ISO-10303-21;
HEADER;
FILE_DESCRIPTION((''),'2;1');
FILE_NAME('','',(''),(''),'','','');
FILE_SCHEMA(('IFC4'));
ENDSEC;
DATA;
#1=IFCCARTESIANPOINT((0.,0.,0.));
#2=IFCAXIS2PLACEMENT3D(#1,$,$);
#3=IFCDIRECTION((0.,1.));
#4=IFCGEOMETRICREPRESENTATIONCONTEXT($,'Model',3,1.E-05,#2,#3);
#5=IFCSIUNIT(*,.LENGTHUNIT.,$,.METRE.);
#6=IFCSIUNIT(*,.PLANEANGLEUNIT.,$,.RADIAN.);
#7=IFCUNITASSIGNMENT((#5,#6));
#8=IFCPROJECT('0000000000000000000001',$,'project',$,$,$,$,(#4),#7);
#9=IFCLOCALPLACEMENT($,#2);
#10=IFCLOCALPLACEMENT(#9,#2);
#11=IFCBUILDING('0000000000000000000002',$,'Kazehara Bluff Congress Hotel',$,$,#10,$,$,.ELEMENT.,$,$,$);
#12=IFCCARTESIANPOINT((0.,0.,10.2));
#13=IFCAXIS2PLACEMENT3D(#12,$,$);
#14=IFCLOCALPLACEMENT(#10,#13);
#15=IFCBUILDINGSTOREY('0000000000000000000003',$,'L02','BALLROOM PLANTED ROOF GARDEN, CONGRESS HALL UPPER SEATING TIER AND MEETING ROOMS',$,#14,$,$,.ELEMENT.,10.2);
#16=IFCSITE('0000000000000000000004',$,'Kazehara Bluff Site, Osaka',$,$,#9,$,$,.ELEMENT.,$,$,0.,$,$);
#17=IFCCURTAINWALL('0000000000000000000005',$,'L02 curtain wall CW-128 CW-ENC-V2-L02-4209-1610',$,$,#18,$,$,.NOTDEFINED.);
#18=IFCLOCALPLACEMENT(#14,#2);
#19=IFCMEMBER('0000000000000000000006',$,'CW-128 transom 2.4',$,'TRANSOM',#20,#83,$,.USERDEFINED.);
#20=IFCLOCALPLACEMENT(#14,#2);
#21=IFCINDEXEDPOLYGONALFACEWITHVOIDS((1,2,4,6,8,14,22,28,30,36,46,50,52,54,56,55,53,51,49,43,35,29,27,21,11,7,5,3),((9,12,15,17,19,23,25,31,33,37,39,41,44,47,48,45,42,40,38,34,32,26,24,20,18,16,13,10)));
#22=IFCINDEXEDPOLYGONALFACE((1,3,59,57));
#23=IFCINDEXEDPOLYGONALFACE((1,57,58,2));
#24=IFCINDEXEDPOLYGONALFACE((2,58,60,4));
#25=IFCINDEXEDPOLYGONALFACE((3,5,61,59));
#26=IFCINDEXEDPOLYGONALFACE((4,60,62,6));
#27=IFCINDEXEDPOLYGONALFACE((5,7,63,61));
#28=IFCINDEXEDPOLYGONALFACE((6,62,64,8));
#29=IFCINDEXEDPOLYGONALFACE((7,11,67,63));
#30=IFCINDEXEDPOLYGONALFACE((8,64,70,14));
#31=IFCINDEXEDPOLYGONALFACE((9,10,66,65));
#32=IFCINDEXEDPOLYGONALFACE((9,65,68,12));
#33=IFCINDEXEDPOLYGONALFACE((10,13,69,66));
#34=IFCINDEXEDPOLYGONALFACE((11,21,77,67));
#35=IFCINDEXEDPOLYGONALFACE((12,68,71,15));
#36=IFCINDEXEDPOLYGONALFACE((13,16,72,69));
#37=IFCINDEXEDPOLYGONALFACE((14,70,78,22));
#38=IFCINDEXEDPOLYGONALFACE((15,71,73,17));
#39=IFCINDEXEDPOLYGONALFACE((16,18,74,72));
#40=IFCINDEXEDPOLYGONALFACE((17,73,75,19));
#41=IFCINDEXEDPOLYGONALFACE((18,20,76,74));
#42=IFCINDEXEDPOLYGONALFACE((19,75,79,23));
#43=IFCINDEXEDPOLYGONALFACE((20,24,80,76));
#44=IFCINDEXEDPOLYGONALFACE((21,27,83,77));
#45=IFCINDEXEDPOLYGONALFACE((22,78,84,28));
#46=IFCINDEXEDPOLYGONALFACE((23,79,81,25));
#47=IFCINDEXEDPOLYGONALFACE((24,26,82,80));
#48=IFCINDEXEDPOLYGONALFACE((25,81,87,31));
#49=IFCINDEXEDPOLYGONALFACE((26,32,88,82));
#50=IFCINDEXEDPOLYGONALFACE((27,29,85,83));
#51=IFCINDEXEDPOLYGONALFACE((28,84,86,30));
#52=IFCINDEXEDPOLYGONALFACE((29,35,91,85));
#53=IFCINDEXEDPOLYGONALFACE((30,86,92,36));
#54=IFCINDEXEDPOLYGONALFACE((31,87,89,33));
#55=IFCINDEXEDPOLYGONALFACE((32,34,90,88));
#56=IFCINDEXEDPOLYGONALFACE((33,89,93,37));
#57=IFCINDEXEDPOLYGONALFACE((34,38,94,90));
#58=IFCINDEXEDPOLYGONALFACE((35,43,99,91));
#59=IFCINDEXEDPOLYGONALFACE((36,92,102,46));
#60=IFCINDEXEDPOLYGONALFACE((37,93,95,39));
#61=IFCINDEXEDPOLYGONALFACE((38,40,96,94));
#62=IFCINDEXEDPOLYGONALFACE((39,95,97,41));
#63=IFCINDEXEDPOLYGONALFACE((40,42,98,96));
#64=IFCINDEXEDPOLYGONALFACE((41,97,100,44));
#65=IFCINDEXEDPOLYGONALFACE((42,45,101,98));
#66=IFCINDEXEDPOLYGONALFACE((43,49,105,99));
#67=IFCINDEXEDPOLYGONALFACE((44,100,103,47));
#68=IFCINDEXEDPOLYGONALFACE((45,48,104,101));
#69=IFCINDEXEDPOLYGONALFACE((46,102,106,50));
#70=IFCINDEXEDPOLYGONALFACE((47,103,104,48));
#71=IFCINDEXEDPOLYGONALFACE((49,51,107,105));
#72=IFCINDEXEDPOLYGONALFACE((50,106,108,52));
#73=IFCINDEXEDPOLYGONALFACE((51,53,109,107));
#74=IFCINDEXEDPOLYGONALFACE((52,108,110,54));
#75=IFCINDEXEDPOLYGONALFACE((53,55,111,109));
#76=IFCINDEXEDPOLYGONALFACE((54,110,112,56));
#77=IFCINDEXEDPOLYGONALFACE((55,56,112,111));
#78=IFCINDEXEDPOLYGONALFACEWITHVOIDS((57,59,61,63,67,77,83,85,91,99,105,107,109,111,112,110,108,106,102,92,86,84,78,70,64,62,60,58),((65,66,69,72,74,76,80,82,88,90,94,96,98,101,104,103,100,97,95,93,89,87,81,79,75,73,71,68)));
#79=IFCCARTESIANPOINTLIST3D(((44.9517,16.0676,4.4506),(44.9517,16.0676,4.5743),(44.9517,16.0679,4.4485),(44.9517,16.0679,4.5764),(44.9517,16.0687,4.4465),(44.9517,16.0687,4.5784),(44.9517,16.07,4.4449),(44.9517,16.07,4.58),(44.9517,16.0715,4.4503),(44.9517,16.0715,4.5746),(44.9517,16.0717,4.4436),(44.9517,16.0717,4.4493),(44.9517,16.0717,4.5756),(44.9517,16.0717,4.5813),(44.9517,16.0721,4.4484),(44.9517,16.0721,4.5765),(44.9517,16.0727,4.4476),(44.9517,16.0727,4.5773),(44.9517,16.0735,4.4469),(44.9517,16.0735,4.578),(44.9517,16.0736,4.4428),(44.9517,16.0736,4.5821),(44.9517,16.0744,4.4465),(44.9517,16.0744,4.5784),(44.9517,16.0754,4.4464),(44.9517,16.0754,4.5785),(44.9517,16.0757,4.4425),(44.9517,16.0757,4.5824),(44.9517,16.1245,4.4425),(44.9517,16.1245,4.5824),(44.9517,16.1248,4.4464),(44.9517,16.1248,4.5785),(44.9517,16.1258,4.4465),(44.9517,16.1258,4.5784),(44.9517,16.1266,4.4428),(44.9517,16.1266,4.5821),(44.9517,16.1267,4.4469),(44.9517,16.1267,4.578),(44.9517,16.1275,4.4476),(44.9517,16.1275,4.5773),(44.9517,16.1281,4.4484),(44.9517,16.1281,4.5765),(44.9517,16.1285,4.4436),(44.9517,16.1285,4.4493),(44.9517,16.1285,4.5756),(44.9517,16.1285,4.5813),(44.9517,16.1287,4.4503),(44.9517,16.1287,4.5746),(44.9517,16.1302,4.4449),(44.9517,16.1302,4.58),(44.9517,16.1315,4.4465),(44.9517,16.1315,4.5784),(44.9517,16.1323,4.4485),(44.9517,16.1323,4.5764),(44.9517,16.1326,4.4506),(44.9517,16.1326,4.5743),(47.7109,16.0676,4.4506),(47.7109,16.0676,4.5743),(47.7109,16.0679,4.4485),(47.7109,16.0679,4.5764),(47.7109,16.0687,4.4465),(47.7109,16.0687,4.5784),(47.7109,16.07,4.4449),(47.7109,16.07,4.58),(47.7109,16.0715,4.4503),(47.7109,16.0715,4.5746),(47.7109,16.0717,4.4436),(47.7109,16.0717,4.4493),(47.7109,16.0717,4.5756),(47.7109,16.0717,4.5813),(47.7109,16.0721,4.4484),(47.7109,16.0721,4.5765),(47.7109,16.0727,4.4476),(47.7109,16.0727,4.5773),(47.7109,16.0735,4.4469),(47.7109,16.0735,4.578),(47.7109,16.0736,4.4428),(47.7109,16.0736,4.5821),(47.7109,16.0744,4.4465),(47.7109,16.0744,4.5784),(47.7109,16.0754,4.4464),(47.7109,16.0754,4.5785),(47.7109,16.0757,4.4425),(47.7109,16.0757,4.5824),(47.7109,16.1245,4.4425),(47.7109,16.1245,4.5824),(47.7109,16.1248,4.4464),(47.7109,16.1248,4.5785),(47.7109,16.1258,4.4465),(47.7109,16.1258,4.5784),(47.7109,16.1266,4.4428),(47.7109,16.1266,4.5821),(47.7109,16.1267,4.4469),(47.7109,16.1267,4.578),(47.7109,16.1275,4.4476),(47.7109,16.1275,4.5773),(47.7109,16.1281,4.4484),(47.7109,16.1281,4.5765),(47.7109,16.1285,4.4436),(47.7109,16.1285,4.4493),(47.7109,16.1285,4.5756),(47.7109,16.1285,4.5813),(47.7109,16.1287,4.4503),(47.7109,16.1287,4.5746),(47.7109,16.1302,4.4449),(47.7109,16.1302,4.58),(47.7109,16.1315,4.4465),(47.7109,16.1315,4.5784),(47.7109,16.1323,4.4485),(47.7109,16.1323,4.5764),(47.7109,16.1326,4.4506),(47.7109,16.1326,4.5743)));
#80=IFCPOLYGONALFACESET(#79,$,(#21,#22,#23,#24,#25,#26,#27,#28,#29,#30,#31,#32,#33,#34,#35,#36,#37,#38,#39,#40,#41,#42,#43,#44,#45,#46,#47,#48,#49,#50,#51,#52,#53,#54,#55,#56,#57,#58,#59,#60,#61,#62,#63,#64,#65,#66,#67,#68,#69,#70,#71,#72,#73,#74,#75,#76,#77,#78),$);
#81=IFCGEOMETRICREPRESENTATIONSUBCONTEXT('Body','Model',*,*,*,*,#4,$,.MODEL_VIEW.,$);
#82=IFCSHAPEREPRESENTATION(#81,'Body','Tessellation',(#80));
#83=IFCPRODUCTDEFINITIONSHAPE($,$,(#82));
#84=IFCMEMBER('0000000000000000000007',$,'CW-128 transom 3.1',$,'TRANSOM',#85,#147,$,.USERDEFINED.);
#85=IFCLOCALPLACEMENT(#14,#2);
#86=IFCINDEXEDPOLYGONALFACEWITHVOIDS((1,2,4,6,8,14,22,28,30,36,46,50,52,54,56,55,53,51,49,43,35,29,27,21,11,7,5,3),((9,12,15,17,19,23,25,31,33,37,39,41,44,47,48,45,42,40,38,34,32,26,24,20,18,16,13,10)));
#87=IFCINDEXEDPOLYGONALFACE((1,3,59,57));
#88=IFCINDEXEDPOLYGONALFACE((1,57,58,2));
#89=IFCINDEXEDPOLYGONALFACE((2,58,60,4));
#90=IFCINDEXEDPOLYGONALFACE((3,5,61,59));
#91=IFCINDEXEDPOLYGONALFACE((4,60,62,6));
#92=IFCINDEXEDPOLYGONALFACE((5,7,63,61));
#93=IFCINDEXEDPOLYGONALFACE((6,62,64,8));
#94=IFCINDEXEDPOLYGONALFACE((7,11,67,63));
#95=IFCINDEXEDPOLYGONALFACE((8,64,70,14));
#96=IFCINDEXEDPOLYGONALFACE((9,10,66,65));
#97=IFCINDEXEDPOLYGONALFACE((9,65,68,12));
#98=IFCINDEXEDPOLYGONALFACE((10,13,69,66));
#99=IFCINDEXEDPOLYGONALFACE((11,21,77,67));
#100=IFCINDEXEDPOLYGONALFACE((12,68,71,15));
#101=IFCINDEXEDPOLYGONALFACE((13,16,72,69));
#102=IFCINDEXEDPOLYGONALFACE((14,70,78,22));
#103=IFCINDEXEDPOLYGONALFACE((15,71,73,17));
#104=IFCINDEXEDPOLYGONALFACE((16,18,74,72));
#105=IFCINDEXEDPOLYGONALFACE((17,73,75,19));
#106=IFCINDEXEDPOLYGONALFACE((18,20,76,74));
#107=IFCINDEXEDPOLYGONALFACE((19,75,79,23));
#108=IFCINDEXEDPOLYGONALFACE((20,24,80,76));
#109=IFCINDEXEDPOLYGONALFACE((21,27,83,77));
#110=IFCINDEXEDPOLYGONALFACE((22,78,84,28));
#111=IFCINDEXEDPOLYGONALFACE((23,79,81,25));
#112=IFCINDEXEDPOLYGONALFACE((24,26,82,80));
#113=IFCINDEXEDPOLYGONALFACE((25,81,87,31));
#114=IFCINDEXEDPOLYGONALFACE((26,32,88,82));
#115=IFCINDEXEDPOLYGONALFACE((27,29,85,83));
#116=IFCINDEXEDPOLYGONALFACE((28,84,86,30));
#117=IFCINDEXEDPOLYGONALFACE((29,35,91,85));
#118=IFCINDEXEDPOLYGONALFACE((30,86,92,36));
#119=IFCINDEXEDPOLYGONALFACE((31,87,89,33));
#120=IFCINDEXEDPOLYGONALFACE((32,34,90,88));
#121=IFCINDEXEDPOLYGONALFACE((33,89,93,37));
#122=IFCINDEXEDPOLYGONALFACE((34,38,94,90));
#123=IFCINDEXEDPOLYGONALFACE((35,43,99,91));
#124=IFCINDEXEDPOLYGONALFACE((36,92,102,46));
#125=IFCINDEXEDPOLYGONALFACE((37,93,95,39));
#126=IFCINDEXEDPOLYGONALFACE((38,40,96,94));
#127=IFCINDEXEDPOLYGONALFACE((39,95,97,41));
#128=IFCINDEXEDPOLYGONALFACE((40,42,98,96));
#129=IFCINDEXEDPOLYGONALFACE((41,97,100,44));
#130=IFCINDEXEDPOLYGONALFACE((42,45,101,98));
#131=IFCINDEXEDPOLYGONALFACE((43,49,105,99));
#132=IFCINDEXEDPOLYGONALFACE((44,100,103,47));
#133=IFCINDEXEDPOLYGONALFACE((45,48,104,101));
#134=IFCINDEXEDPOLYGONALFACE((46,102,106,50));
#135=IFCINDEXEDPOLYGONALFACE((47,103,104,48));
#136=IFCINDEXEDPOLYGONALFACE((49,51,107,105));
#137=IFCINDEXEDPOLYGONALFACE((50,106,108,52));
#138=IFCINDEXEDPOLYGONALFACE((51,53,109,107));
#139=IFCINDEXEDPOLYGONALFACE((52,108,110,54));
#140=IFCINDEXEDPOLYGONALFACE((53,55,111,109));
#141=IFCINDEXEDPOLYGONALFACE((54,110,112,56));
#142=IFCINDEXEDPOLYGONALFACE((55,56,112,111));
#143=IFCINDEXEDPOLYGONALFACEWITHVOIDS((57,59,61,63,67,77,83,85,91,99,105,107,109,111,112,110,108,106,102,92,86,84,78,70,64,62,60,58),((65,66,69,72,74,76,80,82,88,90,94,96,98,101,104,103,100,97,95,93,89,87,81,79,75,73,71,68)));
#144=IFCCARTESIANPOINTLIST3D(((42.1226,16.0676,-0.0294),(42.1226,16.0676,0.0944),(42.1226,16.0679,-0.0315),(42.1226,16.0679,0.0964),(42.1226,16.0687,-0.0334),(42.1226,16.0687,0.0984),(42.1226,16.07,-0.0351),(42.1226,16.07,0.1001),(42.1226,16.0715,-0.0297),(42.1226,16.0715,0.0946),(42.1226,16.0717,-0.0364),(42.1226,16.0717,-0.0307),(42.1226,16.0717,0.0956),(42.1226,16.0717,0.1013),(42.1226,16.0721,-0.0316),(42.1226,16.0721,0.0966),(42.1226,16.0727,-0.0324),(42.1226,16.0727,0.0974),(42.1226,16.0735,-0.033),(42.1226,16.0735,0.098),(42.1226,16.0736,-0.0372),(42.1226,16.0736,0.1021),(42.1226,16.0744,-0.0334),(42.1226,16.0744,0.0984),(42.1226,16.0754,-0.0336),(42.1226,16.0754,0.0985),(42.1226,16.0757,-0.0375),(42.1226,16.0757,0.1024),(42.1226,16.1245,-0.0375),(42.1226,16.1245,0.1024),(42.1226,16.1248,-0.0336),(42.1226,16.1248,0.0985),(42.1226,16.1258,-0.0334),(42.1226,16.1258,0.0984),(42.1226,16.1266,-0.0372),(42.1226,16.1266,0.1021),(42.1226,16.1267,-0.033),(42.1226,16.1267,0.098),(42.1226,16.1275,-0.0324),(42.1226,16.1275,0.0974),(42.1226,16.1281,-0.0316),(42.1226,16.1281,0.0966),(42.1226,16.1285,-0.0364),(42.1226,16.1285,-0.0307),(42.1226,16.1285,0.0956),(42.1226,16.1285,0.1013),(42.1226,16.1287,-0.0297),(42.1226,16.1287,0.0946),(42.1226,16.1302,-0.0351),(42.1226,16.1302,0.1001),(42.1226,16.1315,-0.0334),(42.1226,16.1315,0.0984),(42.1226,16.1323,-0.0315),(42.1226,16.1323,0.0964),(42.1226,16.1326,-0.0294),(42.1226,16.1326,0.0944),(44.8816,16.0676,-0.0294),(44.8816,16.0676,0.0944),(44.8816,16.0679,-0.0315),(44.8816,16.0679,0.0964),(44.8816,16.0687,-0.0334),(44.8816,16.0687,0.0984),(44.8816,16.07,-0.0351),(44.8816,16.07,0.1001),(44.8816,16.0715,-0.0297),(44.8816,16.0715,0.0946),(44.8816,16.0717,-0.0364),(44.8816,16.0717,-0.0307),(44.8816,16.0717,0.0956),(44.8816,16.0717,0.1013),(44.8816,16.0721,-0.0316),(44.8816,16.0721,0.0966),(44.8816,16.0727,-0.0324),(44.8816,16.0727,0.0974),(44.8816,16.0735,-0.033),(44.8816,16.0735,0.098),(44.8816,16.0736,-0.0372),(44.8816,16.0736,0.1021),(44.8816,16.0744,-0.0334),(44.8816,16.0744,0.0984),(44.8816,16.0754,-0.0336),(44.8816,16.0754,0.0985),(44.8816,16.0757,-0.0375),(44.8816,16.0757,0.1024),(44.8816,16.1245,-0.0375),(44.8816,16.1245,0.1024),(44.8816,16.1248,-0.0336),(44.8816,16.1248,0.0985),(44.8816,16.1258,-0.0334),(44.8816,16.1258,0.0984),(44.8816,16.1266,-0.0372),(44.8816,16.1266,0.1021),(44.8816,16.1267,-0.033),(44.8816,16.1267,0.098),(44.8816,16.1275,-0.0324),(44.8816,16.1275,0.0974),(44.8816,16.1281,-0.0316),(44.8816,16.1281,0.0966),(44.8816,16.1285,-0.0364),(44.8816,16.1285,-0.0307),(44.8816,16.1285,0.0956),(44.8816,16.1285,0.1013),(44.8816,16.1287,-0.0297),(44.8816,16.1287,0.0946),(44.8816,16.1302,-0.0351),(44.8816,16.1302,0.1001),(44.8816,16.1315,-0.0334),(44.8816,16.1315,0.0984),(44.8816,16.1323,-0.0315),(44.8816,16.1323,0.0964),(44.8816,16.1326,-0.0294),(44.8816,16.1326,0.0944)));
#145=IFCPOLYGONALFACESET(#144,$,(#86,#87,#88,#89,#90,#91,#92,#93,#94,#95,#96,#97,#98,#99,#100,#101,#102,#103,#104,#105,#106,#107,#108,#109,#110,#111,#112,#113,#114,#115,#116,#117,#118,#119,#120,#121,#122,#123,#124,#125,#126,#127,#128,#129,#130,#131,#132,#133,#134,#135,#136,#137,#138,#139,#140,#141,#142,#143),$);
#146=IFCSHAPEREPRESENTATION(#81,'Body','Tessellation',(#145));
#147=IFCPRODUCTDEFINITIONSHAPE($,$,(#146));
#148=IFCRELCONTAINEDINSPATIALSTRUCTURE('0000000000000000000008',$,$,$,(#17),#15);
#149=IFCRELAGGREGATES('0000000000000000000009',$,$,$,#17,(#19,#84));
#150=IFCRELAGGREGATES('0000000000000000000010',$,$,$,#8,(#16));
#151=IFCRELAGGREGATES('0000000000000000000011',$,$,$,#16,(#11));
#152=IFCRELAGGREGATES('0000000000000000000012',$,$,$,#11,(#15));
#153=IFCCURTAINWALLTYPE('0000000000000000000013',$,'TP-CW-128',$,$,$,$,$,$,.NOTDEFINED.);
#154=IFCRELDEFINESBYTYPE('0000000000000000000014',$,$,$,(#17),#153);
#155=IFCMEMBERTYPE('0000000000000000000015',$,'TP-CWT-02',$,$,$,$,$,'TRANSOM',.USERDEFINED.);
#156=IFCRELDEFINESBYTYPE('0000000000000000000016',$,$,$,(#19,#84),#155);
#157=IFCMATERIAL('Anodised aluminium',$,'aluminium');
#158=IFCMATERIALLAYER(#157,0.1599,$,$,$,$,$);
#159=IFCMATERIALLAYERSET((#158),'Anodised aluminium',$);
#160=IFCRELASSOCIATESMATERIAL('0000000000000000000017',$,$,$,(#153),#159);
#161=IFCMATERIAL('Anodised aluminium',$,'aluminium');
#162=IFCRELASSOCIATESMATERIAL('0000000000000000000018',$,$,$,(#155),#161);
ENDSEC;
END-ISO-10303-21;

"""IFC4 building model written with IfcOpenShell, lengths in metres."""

from ifc_helpers import new_model, si_unit, direction, frame, origin, origin_2d, place, context, subcontext, project, spatial, hollow_rectangle, extrude, material, layer, layer_set, material_profile, profile_set, type_object, element, aggregate, save


model = new_model("IFC4")

# Units and contexts
model_context = context("Model", 3, precision=1e-05, world=origin(), true_north=direction((0.0, 1.0)))
body_context = subcontext(model_context, "Body", "Model", "MODEL_VIEW")
ifc_project = project(units=[si_unit("LENGTHUNIT", "METRE"), si_unit("PLANEANGLEUNIT", "RADIAN")], contexts=[model_context])

# Site, building, storey
site_placement = place(None, origin())
site = spatial("IfcSite", under=ifc_project, at=site_placement, Name="Kazehara Bluff Site, Osaka", CompositionType="ELEMENT", RefElevation=0.0)
building_placement = place(site_placement, origin())
building = spatial("IfcBuilding", under=site, at=building_placement, Name="Kazehara Bluff Congress Hotel", CompositionType="ELEMENT")
storey_placement = place(building_placement, frame((0.0, 0.0, 10.2)))
storey = spatial("IfcBuildingStorey", under=building, at=storey_placement, Name="L02", Description="BALLROOM PLANTED ROOF GARDEN, CONGRESS HALL UPPER SEATING TIER AND MEETING ROOMS", CompositionType="ELEMENT", Elevation=10.2)

# Curtain wall, members
ifc_material_1 = material(Name="Anodised aluminium", Category="aluminium")
ifc_layer_1 = layer(ifc_material_1, 0.1599)
ifc_layer_set_1 = layer_set([ifc_layer_1], Name="Anodised aluminium")
curtain_wall_type = type_object("IfcCurtainWallType", Name="TP-CW-128", PredefinedType="NOTDEFINED", material=ifc_layer_set_1)
curtain_wall_placement = place(storey_placement, origin())
curtain_wall = element("IfcCurtainWall", 1, at=curtain_wall_placement, inside=storey, type_object=curtain_wall_type, Name="L02 curtain wall CW-128 CW-ENC-V2-L02-4209-1610", PredefinedType="NOTDEFINED")
ifc_material_2 = material(Name="Anodised aluminium", Category="aluminium")
ifc_material_profile_1 = material_profile(ifc_material_2, hollow_rectangle(XDim=0.0649, YDim=0.1399, WallThickness=0.0039, InnerFilletRadius=0.0039, OuterFilletRadius=0.0081, at=origin_2d()))
ifc_profile_set_1 = profile_set([ifc_material_profile_1], Name="Anodised aluminium")
member_type_1 = type_object("IfcMemberType", Name="TP-CWT-02", ElementType="TRANSOM", PredefinedType="USERDEFINED", material=ifc_profile_set_1)
member_1_placement = place(storey_placement, frame((47.7109, 16.1001, 4.5125), z_axis=(-1.0, 0.0, 0.0), x_axis=(0.0, -1.0, 0.0)))
member_1 = element("IfcMember", 2, at=member_1_placement, type_object=member_type_1, Name="CW-128 transom 2.4", ObjectType="TRANSOM", PredefinedType="USERDEFINED", context=body_context, shape_type="SweptSolid", body=[
    extrude(hollow_rectangle(XDim=0.0649, YDim=0.1399, WallThickness=0.0039, InnerFilletRadius=0.0039, OuterFilletRadius=0.0081, at=origin_2d()), origin(), (0.0, 0.0, 1.0), 2.7593),
])
member_2_placement = place(storey_placement, frame((44.8816, 16.1001, 0.0325), z_axis=(-1.0, 0.0, 0.0), x_axis=(0.0, -1.0, 0.0)))
member_2 = element("IfcMember", 3, at=member_2_placement, type_object=member_type_1, Name="CW-128 transom 3.1", ObjectType="TRANSOM", PredefinedType="USERDEFINED", context=body_context, shape_type="SweptSolid", body=[
    extrude(hollow_rectangle(XDim=0.0649, YDim=0.1399, WallThickness=0.0039, InnerFilletRadius=0.0039, OuterFilletRadius=0.0081, at=origin_2d()), origin(), (0.0, 0.0, 1.0), 2.759),
])

aggregate(curtain_wall, [member_1, member_2])

save(model, "model.ifc")
